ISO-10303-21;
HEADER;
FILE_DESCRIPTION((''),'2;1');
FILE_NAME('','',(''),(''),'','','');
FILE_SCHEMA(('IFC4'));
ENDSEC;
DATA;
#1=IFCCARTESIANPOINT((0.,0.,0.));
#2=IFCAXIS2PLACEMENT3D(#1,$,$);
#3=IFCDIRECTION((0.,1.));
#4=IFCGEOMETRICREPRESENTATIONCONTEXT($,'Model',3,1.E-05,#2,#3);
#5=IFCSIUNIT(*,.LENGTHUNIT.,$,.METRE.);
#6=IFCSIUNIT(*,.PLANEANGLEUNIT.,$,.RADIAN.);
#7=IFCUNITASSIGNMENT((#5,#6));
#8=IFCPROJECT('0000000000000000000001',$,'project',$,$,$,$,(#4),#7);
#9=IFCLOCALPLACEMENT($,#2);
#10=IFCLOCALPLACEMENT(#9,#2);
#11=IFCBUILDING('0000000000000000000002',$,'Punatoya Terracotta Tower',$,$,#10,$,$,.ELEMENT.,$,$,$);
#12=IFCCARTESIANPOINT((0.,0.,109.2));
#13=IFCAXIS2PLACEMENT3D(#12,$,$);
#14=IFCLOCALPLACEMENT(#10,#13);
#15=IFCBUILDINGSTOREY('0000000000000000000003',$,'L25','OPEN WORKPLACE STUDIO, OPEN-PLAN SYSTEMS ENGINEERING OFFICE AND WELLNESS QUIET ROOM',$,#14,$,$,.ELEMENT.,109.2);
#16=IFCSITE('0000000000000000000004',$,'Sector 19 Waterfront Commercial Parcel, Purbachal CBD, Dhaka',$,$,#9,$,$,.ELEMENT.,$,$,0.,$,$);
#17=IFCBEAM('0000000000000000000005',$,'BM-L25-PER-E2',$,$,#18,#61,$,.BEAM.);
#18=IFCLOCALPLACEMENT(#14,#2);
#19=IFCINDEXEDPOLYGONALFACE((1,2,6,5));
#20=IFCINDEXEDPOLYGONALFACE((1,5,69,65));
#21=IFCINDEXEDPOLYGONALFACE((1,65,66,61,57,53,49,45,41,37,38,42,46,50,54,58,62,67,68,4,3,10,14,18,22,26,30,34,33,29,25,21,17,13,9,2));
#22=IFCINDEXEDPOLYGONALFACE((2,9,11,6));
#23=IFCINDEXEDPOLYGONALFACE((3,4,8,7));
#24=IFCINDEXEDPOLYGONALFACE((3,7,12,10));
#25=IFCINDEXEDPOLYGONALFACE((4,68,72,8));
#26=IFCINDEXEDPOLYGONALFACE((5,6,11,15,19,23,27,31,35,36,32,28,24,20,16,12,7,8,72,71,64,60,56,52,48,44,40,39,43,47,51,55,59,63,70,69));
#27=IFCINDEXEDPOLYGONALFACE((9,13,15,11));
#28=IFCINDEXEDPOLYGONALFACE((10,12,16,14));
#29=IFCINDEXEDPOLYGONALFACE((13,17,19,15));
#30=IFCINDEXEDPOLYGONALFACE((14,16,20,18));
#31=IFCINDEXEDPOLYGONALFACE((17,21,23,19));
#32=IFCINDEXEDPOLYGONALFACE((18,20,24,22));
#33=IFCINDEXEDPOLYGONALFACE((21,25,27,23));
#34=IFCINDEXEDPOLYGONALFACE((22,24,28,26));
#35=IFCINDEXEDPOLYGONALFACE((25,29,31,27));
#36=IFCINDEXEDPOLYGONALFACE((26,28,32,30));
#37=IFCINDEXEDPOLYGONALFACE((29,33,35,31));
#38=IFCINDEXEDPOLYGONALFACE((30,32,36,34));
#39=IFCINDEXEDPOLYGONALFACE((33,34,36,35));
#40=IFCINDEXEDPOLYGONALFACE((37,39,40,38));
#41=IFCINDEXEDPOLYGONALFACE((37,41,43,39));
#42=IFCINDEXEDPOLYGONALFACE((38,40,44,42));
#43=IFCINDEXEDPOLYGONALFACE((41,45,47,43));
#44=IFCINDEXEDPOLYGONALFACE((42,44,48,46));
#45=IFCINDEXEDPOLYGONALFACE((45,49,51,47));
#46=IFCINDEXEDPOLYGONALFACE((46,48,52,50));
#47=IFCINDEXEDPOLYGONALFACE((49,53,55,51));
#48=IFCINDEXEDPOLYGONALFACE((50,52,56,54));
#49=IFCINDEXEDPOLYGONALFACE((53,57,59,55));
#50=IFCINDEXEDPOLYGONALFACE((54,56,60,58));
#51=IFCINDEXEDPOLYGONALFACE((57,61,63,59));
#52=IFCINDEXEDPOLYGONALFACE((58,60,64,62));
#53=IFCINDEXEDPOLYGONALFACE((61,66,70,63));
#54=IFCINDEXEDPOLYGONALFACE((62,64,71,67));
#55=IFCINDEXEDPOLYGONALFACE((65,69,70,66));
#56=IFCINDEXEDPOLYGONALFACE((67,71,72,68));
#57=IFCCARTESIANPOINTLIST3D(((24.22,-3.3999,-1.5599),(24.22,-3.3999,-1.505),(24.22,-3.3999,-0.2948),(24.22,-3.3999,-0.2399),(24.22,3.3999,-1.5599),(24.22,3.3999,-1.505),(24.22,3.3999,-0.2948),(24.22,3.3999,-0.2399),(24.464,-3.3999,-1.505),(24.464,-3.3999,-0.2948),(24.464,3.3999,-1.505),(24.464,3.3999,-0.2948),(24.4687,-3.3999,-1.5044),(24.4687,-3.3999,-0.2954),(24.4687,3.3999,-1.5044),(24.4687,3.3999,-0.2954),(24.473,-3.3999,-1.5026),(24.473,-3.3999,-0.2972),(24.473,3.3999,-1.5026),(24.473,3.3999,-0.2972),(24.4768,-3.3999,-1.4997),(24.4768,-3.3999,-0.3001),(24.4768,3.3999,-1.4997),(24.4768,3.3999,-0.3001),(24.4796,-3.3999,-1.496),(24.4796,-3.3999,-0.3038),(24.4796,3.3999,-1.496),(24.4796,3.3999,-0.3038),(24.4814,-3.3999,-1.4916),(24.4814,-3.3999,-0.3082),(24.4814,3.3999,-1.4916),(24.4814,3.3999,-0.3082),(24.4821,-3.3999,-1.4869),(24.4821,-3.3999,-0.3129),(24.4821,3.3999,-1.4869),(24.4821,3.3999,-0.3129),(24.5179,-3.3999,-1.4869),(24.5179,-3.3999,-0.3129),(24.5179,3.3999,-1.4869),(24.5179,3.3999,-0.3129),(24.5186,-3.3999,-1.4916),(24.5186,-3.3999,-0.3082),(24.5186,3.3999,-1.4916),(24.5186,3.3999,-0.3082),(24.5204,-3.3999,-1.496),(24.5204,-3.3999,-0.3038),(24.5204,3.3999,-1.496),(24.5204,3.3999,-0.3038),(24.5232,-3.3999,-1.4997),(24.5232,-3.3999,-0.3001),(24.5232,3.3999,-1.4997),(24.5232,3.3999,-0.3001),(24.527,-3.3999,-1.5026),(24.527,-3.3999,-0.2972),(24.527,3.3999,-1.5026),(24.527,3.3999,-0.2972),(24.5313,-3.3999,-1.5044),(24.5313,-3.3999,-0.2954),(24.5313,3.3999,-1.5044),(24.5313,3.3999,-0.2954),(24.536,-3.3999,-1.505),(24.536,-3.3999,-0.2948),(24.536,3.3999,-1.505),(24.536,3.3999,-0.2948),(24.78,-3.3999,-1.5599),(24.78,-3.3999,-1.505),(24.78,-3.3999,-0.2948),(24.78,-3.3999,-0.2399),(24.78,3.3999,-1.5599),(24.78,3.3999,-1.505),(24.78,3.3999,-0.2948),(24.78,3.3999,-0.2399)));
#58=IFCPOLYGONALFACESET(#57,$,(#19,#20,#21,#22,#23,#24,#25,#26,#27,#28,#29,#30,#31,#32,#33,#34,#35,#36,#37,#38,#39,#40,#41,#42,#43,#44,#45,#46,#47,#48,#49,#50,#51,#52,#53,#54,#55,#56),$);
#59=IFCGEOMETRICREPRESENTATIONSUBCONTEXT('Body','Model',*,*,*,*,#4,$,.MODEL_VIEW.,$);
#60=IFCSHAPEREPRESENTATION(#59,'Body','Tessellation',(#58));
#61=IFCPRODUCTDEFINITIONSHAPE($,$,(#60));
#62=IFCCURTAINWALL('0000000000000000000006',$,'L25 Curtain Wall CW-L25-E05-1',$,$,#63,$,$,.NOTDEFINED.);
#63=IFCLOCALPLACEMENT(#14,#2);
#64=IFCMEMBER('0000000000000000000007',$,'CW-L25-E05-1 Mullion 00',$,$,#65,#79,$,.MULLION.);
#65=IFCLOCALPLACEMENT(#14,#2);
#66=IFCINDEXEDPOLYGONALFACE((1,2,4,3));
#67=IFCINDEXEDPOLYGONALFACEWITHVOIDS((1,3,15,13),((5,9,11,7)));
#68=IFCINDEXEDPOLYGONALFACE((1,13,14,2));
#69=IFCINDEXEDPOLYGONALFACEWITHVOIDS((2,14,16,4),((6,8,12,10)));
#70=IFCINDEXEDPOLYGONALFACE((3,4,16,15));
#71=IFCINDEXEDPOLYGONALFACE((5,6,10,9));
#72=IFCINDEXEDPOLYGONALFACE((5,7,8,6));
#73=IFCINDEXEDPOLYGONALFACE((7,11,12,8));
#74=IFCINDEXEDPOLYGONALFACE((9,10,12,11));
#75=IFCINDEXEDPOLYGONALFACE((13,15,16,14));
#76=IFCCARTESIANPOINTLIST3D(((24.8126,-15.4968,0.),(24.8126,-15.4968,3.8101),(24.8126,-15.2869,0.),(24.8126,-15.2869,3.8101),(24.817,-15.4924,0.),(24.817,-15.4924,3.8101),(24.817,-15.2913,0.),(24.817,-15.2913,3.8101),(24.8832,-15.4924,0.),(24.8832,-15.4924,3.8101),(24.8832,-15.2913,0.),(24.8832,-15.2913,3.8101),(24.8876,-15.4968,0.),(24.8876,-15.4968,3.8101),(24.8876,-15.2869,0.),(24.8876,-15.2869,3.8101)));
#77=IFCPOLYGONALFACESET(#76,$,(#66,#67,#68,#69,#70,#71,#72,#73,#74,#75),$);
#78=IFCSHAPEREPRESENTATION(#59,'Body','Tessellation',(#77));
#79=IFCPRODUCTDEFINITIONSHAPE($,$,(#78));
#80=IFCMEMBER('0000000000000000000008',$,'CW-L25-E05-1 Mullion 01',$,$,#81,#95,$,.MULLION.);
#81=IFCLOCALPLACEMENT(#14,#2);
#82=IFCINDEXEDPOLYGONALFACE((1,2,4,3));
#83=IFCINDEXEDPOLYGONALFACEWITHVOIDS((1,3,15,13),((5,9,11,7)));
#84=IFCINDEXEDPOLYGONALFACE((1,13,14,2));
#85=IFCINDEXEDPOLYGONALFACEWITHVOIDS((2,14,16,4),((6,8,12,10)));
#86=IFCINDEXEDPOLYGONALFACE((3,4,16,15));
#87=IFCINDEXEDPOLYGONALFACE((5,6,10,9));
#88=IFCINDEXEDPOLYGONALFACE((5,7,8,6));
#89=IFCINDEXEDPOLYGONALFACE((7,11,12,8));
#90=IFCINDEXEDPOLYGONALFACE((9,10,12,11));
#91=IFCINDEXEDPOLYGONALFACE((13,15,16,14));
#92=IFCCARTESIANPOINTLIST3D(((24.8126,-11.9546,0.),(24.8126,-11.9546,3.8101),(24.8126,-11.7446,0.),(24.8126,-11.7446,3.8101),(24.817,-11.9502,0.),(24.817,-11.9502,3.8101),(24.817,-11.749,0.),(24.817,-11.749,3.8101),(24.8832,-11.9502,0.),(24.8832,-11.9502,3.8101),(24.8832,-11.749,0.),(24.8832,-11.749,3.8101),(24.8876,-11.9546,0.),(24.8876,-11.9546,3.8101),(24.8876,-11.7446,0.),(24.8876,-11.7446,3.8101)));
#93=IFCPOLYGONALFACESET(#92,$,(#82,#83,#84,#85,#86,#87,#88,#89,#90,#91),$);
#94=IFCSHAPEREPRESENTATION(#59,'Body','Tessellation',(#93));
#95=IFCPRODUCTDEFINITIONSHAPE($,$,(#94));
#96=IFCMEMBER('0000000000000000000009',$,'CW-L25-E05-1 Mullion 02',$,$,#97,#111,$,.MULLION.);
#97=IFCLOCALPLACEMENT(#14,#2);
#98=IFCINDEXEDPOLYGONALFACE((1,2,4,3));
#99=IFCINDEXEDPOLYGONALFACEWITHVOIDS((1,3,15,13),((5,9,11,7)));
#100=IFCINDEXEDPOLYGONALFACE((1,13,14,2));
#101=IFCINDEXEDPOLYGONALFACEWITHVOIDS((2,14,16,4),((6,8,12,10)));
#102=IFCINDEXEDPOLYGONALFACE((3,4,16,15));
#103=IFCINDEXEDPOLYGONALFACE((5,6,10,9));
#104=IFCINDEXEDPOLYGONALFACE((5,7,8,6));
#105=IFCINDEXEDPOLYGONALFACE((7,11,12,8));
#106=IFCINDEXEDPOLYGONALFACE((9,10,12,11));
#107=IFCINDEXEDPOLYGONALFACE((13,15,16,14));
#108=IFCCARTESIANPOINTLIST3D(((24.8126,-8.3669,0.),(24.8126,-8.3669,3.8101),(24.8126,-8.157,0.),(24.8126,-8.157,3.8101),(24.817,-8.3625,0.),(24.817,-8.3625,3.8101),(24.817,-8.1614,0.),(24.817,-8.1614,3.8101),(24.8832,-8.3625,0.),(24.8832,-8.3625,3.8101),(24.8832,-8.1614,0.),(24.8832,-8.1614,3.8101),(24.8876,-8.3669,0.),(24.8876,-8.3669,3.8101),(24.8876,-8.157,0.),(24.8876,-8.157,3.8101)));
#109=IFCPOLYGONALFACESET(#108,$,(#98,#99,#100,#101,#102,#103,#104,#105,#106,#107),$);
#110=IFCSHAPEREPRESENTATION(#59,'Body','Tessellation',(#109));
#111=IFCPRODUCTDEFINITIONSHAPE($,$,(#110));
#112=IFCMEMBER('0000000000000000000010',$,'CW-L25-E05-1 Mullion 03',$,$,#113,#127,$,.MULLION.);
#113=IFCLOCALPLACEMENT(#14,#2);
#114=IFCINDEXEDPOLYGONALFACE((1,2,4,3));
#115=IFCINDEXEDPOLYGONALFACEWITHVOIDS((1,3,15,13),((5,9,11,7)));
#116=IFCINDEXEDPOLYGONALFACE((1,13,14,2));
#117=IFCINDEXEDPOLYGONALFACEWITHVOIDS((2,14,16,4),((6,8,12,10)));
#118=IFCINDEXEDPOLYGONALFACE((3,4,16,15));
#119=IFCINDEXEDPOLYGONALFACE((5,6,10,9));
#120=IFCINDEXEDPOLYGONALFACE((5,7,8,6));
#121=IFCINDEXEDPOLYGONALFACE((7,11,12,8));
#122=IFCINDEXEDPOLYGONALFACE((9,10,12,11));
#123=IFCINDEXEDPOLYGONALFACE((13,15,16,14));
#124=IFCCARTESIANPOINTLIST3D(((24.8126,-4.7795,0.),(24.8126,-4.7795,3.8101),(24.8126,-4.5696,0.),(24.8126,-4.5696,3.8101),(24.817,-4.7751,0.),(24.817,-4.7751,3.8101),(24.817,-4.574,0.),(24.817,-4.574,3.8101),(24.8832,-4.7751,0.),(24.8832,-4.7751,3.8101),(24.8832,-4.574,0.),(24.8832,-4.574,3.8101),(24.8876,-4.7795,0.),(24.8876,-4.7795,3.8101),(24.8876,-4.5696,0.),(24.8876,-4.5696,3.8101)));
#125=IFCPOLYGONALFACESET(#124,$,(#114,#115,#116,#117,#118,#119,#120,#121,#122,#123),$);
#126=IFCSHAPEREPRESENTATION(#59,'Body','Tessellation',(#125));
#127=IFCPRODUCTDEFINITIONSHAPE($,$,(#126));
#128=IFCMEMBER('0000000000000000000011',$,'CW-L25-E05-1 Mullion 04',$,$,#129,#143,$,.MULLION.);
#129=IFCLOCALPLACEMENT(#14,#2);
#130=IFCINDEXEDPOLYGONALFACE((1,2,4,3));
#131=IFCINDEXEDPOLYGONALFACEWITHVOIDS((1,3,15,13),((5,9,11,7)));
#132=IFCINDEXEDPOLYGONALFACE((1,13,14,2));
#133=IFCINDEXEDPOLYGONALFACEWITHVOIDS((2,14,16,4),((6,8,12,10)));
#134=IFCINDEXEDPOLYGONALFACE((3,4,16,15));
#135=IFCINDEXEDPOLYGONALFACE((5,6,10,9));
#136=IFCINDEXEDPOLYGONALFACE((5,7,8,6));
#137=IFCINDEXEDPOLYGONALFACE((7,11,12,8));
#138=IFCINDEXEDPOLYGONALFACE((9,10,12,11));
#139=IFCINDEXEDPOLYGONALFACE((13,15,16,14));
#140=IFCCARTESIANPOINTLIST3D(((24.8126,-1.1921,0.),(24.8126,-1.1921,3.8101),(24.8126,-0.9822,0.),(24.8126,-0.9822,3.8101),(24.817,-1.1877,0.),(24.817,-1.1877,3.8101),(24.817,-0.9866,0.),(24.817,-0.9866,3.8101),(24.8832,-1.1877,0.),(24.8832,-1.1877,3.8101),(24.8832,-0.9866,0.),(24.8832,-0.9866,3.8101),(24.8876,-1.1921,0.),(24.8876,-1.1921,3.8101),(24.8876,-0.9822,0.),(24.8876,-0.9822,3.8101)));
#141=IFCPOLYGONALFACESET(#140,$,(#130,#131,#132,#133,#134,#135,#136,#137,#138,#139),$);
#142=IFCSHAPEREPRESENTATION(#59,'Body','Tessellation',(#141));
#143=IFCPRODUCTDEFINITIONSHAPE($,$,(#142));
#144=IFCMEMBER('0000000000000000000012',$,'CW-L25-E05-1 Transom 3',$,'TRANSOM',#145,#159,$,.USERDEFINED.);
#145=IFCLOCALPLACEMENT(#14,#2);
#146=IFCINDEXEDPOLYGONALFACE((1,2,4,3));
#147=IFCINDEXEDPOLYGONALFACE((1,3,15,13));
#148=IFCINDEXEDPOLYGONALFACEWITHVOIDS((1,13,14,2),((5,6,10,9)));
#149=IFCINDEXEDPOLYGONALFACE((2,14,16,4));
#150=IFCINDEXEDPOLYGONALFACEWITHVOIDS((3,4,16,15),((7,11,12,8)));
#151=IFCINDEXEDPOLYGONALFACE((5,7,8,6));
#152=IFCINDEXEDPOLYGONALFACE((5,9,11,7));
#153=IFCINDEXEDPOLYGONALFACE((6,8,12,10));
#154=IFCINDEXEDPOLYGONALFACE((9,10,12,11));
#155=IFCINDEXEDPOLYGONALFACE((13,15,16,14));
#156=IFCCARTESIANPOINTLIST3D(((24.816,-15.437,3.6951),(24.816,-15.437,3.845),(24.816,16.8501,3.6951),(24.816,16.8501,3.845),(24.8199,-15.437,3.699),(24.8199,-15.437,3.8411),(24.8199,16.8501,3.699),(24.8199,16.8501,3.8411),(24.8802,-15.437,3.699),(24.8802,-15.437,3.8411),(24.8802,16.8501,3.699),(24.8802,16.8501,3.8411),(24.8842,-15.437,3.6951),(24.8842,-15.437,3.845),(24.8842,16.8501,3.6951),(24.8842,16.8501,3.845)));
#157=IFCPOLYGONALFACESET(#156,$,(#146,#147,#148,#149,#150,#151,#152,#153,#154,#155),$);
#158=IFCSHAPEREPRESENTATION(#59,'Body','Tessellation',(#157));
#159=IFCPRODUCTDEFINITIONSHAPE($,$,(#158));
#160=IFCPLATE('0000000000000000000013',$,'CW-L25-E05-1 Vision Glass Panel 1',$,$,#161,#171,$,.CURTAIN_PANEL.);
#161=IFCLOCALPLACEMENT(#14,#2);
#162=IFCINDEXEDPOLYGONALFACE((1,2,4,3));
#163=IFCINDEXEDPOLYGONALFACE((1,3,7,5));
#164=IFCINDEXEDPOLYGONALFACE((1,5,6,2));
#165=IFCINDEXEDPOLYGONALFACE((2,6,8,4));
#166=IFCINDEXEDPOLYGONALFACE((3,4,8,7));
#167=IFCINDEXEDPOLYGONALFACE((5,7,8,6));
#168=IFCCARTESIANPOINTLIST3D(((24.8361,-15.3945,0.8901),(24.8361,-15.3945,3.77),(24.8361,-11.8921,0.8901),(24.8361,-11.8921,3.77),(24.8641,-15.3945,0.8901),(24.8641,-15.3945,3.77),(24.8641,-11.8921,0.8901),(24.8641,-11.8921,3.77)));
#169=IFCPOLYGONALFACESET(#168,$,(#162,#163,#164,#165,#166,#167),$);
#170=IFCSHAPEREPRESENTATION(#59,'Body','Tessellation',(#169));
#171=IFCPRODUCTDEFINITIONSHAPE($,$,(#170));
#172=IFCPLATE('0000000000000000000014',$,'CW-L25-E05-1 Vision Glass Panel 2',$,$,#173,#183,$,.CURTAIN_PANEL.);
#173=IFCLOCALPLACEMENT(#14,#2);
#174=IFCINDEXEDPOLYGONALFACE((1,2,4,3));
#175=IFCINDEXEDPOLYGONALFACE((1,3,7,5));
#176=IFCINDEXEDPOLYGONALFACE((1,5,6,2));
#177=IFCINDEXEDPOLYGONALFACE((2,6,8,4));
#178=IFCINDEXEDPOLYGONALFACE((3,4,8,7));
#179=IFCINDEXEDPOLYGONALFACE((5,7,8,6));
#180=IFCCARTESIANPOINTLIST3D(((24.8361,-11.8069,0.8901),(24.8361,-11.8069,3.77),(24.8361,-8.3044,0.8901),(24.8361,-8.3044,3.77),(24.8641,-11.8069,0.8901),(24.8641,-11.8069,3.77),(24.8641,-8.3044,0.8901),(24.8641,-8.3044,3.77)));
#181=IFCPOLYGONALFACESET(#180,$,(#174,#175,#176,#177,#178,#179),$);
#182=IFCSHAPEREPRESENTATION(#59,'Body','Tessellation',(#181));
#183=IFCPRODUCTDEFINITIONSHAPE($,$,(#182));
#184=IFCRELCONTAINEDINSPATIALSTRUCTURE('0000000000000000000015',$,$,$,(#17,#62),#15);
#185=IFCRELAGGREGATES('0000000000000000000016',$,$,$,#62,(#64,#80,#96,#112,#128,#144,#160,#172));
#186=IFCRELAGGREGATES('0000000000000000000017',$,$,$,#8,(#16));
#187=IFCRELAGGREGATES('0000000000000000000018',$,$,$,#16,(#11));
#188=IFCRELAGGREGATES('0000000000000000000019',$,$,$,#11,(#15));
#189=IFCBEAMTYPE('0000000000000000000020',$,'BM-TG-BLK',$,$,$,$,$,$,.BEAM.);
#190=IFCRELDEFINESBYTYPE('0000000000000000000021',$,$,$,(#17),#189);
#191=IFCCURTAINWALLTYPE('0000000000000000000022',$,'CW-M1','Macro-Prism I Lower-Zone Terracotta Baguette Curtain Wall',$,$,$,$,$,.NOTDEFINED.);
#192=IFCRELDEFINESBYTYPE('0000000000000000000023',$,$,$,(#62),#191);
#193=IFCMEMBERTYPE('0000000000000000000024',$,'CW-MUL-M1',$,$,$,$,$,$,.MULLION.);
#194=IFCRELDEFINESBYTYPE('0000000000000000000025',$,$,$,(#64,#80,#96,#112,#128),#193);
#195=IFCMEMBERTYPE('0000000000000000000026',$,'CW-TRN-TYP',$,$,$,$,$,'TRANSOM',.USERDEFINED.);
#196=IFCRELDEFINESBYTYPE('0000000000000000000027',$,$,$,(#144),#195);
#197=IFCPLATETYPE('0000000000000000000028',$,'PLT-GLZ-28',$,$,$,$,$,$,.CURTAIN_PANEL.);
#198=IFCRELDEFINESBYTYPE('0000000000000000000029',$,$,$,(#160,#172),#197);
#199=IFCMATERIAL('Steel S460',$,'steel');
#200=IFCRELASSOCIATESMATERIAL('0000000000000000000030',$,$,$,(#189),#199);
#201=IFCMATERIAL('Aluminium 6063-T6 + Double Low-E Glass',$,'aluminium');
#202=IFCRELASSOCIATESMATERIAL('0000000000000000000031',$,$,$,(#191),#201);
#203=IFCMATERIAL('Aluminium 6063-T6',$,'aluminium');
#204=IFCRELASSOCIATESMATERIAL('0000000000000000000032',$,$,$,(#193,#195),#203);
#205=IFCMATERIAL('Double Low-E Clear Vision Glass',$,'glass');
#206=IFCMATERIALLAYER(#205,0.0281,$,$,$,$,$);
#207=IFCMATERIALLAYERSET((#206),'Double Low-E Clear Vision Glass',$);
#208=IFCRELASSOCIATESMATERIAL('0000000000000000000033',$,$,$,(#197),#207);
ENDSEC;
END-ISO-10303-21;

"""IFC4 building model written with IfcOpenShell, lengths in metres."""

from ifc_helpers import new_model, si_unit, direction, frame, origin, origin_2d, place, context, subcontext, project, spatial, rectangle, hollow_rectangle, i_section, extrude, material, layer, layer_set, material_profile, profile_set, type_object, element, aggregate, save


model = new_model("IFC4")

# Units and contexts
model_context = context("Model", 3, precision=1e-05, world=origin(), true_north=direction((0.0, 1.0)))
body_context = subcontext(model_context, "Body", "Model", "MODEL_VIEW")
ifc_project = project(units=[si_unit("LENGTHUNIT", "METRE"), si_unit("PLANEANGLEUNIT", "RADIAN")], contexts=[model_context])

# Site, building, storey
site_placement = place(None, origin())
site = spatial("IfcSite", under=ifc_project, at=site_placement, Name="Sector 19 Waterfront Commercial Parcel, Purbachal CBD, Dhaka", CompositionType="ELEMENT", RefElevation=0.0)
building_placement = place(site_placement, origin())
building = spatial("IfcBuilding", under=site, at=building_placement, Name="Punatoya Terracotta Tower", CompositionType="ELEMENT")
storey_placement = place(building_placement, frame((0.0, 0.0, 109.2)))
storey = spatial("IfcBuildingStorey", under=building, at=storey_placement, Name="L25", Description="OPEN WORKPLACE STUDIO, OPEN-PLAN SYSTEMS ENGINEERING OFFICE AND WELLNESS QUIET ROOM", CompositionType="ELEMENT", Elevation=109.2)

# Shared definitions
ifc_material_1 = material(Name="Steel S460", Category="steel")

# Beam
ifc_material_profile_1 = material_profile(ifc_material_1, i_section(OverallWidth=0.5601, OverallDepth=1.3201, WebThickness=0.0359, FlangeThickness=0.0549, FilletRadius=0.0181, at=origin_2d()))
ifc_profile_set_1 = profile_set([ifc_material_profile_1], Name="Steel S460")
beam_type = type_object("IfcBeamType", Name="BM-TG-BLK", PredefinedType="BEAM", material=ifc_profile_set_1)
beam_1_placement = place(storey_placement, frame((24.5, -3.3999, -0.8999), z_axis=(0.0, 1.0, 0.0), x_axis=(-1.0, 0.0, 0.0)))
element("IfcBeam", 1, at=beam_1_placement, inside=storey, type_object=beam_type, Name="BM-L25-PER-E2", PredefinedType="BEAM", context=body_context, shape_type="SweptSolid", body=[
    extrude(i_section(OverallWidth=0.5601, OverallDepth=1.3201, WebThickness=0.0359, FlangeThickness=0.0549, FilletRadius=0.0181, at=origin_2d()), origin(), (0.0, 0.0, 1.0), 6.7998),
])

# Curtain wall, members, plates
ifc_material_2 = material(Name="Aluminium 6063-T6 + Double Low-E Glass", Category="aluminium")
curtain_wall_type = type_object("IfcCurtainWallType", Name="CW-M1", Description="Macro-Prism I Lower-Zone Terracotta Baguette Curtain Wall", PredefinedType="NOTDEFINED", material=ifc_material_2)
curtain_wall_placement = place(storey_placement, origin())
curtain_wall = element("IfcCurtainWall", 2, at=curtain_wall_placement, inside=storey, type_object=curtain_wall_type, Name="L25 Curtain Wall CW-L25-E05-1", PredefinedType="NOTDEFINED")
ifc_material_3 = material(Name="Aluminium 6063-T6", Category="aluminium")
ifc_material_profile_2 = material_profile(ifc_material_3, hollow_rectangle(XDim=0.075, YDim=0.21, WallThickness=0.0044, at=origin_2d()))
ifc_profile_set_2 = profile_set([ifc_material_profile_2], Name="Aluminium 6063-T6")
member_type_1 = type_object("IfcMemberType", Name="CW-MUL-M1", PredefinedType="MULLION", material=ifc_profile_set_2)
member_1_placement = place(storey_placement, frame((24.8501, -15.3918, 0.0), z_axis=(0.0, 0.0, 1.0), x_axis=(1.0, 0.0, 0.0)))
member_1 = element("IfcMember", 3, at=member_1_placement, type_object=member_type_1, Name="CW-L25-E05-1 Mullion 00", PredefinedType="MULLION", context=body_context, shape_type="SweptSolid", body=[
    extrude(hollow_rectangle(XDim=0.075, YDim=0.21, WallThickness=0.0044, at=origin_2d()), origin(), (0.0, 0.0, 1.0), 3.8101),
])
member_2_placement = place(storey_placement, frame((24.8501, -11.8496, 0.0), z_axis=(0.0, 0.0, 1.0), x_axis=(1.0, 0.0, 0.0)))
member_2 = element("IfcMember", 4, at=member_2_placement, type_object=member_type_1, Name="CW-L25-E05-1 Mullion 01", PredefinedType="MULLION", context=body_context, shape_type="SweptSolid", body=[
    extrude(hollow_rectangle(XDim=0.075, YDim=0.21, WallThickness=0.0044, at=origin_2d()), origin(), (0.0, 0.0, 1.0), 3.8101),
])
member_3_placement = place(storey_placement, frame((24.8501, -8.262, 0.0), z_axis=(0.0, 0.0, 1.0), x_axis=(1.0, 0.0, 0.0)))
member_3 = element("IfcMember", 5, at=member_3_placement, type_object=member_type_1, Name="CW-L25-E05-1 Mullion 02", PredefinedType="MULLION", context=body_context, shape_type="SweptSolid", body=[
    extrude(hollow_rectangle(XDim=0.075, YDim=0.21, WallThickness=0.0044, at=origin_2d()), origin(), (0.0, 0.0, 1.0), 3.8101),
])
member_4_placement = place(storey_placement, frame((24.8501, -4.6746, 0.0), z_axis=(0.0, 0.0, 1.0), x_axis=(1.0, 0.0, 0.0)))
member_4 = element("IfcMember", 6, at=member_4_placement, type_object=member_type_1, Name="CW-L25-E05-1 Mullion 03", PredefinedType="MULLION", context=body_context, shape_type="SweptSolid", body=[
    extrude(hollow_rectangle(XDim=0.075, YDim=0.21, WallThickness=0.0044, at=origin_2d()), origin(), (0.0, 0.0, 1.0), 3.8101),
])
member_5_placement = place(storey_placement, frame((24.8501, -1.0872, 0.0), z_axis=(0.0, 0.0, 1.0), x_axis=(1.0, 0.0, 0.0)))
member_5 = element("IfcMember", 7, at=member_5_placement, type_object=member_type_1, Name="CW-L25-E05-1 Mullion 04", PredefinedType="MULLION", context=body_context, shape_type="SweptSolid", body=[
    extrude(hollow_rectangle(XDim=0.075, YDim=0.21, WallThickness=0.0044, at=origin_2d()), origin(), (0.0, 0.0, 1.0), 3.8101),
])
ifc_material_profile_3 = material_profile(ifc_material_3, hollow_rectangle(XDim=0.0681, YDim=0.1499, WallThickness=0.0039, at=origin_2d()))
ifc_profile_set_3 = profile_set([ifc_material_profile_3], Name="Aluminium 6063-T6")
member_type_2 = type_object("IfcMemberType", Name="CW-TRN-TYP", ElementType="TRANSOM", PredefinedType="USERDEFINED", material=ifc_profile_set_3)
member_6_placement = place(storey_placement, frame((24.8501, -15.437, 3.77), z_axis=(0.0, 1.0, 0.0), x_axis=(-1.0, 0.0, 0.0)))
member_6 = element("IfcMember", 8, at=member_6_placement, type_object=member_type_2, Name="CW-L25-E05-1 Transom 3", ObjectType="TRANSOM", PredefinedType="USERDEFINED", context=body_context, shape_type="SweptSolid", body=[
    extrude(hollow_rectangle(XDim=0.0681, YDim=0.1499, WallThickness=0.0039, at=origin_2d()), origin(), (0.0, 0.0, 1.0), 32.2871),
])
ifc_material_4 = material(Name="Double Low-E Clear Vision Glass", Category="glass")
ifc_layer_1 = layer(ifc_material_4, 0.0281)
ifc_layer_set_1 = layer_set([ifc_layer_1], Name="Double Low-E Clear Vision Glass")
plate_type_1 = type_object("IfcPlateType", Name="PLT-GLZ-28", PredefinedType="CURTAIN_PANEL", material=ifc_layer_set_1)
plate_1_placement = place(storey_placement, frame((24.8501, -13.6433, 0.8901), z_axis=(0.0, 0.0, 1.0), x_axis=(0.0, 1.0, 0.0)))
plate_1 = element("IfcPlate", 9, at=plate_1_placement, type_object=plate_type_1, Name="CW-L25-E05-1 Vision Glass Panel 1", PredefinedType="CURTAIN_PANEL", context=body_context, shape_type="SweptSolid", body=[
    extrude(rectangle(XDim=3.5024, YDim=0.0281, at=origin_2d()), origin(), (0.0, 0.0, 1.0), 2.8799),
])
plate_2_placement = place(storey_placement, frame((24.8501, -10.0557, 0.8901), z_axis=(0.0, 0.0, 1.0), x_axis=(0.0, 1.0, 0.0)))
plate_2 = element("IfcPlate", 10, at=plate_2_placement, type_object=plate_type_1, Name="CW-L25-E05-1 Vision Glass Panel 2", PredefinedType="CURTAIN_PANEL", context=body_context, shape_type="SweptSolid", body=[
    extrude(rectangle(XDim=3.5024, YDim=0.0281, at=origin_2d()), origin(), (0.0, 0.0, 1.0), 2.8799),
])
aggregate(curtain_wall, [member_1, member_2, member_3, member_4, member_5, member_6, plate_1, plate_2])

save(model, "model.ifc")
